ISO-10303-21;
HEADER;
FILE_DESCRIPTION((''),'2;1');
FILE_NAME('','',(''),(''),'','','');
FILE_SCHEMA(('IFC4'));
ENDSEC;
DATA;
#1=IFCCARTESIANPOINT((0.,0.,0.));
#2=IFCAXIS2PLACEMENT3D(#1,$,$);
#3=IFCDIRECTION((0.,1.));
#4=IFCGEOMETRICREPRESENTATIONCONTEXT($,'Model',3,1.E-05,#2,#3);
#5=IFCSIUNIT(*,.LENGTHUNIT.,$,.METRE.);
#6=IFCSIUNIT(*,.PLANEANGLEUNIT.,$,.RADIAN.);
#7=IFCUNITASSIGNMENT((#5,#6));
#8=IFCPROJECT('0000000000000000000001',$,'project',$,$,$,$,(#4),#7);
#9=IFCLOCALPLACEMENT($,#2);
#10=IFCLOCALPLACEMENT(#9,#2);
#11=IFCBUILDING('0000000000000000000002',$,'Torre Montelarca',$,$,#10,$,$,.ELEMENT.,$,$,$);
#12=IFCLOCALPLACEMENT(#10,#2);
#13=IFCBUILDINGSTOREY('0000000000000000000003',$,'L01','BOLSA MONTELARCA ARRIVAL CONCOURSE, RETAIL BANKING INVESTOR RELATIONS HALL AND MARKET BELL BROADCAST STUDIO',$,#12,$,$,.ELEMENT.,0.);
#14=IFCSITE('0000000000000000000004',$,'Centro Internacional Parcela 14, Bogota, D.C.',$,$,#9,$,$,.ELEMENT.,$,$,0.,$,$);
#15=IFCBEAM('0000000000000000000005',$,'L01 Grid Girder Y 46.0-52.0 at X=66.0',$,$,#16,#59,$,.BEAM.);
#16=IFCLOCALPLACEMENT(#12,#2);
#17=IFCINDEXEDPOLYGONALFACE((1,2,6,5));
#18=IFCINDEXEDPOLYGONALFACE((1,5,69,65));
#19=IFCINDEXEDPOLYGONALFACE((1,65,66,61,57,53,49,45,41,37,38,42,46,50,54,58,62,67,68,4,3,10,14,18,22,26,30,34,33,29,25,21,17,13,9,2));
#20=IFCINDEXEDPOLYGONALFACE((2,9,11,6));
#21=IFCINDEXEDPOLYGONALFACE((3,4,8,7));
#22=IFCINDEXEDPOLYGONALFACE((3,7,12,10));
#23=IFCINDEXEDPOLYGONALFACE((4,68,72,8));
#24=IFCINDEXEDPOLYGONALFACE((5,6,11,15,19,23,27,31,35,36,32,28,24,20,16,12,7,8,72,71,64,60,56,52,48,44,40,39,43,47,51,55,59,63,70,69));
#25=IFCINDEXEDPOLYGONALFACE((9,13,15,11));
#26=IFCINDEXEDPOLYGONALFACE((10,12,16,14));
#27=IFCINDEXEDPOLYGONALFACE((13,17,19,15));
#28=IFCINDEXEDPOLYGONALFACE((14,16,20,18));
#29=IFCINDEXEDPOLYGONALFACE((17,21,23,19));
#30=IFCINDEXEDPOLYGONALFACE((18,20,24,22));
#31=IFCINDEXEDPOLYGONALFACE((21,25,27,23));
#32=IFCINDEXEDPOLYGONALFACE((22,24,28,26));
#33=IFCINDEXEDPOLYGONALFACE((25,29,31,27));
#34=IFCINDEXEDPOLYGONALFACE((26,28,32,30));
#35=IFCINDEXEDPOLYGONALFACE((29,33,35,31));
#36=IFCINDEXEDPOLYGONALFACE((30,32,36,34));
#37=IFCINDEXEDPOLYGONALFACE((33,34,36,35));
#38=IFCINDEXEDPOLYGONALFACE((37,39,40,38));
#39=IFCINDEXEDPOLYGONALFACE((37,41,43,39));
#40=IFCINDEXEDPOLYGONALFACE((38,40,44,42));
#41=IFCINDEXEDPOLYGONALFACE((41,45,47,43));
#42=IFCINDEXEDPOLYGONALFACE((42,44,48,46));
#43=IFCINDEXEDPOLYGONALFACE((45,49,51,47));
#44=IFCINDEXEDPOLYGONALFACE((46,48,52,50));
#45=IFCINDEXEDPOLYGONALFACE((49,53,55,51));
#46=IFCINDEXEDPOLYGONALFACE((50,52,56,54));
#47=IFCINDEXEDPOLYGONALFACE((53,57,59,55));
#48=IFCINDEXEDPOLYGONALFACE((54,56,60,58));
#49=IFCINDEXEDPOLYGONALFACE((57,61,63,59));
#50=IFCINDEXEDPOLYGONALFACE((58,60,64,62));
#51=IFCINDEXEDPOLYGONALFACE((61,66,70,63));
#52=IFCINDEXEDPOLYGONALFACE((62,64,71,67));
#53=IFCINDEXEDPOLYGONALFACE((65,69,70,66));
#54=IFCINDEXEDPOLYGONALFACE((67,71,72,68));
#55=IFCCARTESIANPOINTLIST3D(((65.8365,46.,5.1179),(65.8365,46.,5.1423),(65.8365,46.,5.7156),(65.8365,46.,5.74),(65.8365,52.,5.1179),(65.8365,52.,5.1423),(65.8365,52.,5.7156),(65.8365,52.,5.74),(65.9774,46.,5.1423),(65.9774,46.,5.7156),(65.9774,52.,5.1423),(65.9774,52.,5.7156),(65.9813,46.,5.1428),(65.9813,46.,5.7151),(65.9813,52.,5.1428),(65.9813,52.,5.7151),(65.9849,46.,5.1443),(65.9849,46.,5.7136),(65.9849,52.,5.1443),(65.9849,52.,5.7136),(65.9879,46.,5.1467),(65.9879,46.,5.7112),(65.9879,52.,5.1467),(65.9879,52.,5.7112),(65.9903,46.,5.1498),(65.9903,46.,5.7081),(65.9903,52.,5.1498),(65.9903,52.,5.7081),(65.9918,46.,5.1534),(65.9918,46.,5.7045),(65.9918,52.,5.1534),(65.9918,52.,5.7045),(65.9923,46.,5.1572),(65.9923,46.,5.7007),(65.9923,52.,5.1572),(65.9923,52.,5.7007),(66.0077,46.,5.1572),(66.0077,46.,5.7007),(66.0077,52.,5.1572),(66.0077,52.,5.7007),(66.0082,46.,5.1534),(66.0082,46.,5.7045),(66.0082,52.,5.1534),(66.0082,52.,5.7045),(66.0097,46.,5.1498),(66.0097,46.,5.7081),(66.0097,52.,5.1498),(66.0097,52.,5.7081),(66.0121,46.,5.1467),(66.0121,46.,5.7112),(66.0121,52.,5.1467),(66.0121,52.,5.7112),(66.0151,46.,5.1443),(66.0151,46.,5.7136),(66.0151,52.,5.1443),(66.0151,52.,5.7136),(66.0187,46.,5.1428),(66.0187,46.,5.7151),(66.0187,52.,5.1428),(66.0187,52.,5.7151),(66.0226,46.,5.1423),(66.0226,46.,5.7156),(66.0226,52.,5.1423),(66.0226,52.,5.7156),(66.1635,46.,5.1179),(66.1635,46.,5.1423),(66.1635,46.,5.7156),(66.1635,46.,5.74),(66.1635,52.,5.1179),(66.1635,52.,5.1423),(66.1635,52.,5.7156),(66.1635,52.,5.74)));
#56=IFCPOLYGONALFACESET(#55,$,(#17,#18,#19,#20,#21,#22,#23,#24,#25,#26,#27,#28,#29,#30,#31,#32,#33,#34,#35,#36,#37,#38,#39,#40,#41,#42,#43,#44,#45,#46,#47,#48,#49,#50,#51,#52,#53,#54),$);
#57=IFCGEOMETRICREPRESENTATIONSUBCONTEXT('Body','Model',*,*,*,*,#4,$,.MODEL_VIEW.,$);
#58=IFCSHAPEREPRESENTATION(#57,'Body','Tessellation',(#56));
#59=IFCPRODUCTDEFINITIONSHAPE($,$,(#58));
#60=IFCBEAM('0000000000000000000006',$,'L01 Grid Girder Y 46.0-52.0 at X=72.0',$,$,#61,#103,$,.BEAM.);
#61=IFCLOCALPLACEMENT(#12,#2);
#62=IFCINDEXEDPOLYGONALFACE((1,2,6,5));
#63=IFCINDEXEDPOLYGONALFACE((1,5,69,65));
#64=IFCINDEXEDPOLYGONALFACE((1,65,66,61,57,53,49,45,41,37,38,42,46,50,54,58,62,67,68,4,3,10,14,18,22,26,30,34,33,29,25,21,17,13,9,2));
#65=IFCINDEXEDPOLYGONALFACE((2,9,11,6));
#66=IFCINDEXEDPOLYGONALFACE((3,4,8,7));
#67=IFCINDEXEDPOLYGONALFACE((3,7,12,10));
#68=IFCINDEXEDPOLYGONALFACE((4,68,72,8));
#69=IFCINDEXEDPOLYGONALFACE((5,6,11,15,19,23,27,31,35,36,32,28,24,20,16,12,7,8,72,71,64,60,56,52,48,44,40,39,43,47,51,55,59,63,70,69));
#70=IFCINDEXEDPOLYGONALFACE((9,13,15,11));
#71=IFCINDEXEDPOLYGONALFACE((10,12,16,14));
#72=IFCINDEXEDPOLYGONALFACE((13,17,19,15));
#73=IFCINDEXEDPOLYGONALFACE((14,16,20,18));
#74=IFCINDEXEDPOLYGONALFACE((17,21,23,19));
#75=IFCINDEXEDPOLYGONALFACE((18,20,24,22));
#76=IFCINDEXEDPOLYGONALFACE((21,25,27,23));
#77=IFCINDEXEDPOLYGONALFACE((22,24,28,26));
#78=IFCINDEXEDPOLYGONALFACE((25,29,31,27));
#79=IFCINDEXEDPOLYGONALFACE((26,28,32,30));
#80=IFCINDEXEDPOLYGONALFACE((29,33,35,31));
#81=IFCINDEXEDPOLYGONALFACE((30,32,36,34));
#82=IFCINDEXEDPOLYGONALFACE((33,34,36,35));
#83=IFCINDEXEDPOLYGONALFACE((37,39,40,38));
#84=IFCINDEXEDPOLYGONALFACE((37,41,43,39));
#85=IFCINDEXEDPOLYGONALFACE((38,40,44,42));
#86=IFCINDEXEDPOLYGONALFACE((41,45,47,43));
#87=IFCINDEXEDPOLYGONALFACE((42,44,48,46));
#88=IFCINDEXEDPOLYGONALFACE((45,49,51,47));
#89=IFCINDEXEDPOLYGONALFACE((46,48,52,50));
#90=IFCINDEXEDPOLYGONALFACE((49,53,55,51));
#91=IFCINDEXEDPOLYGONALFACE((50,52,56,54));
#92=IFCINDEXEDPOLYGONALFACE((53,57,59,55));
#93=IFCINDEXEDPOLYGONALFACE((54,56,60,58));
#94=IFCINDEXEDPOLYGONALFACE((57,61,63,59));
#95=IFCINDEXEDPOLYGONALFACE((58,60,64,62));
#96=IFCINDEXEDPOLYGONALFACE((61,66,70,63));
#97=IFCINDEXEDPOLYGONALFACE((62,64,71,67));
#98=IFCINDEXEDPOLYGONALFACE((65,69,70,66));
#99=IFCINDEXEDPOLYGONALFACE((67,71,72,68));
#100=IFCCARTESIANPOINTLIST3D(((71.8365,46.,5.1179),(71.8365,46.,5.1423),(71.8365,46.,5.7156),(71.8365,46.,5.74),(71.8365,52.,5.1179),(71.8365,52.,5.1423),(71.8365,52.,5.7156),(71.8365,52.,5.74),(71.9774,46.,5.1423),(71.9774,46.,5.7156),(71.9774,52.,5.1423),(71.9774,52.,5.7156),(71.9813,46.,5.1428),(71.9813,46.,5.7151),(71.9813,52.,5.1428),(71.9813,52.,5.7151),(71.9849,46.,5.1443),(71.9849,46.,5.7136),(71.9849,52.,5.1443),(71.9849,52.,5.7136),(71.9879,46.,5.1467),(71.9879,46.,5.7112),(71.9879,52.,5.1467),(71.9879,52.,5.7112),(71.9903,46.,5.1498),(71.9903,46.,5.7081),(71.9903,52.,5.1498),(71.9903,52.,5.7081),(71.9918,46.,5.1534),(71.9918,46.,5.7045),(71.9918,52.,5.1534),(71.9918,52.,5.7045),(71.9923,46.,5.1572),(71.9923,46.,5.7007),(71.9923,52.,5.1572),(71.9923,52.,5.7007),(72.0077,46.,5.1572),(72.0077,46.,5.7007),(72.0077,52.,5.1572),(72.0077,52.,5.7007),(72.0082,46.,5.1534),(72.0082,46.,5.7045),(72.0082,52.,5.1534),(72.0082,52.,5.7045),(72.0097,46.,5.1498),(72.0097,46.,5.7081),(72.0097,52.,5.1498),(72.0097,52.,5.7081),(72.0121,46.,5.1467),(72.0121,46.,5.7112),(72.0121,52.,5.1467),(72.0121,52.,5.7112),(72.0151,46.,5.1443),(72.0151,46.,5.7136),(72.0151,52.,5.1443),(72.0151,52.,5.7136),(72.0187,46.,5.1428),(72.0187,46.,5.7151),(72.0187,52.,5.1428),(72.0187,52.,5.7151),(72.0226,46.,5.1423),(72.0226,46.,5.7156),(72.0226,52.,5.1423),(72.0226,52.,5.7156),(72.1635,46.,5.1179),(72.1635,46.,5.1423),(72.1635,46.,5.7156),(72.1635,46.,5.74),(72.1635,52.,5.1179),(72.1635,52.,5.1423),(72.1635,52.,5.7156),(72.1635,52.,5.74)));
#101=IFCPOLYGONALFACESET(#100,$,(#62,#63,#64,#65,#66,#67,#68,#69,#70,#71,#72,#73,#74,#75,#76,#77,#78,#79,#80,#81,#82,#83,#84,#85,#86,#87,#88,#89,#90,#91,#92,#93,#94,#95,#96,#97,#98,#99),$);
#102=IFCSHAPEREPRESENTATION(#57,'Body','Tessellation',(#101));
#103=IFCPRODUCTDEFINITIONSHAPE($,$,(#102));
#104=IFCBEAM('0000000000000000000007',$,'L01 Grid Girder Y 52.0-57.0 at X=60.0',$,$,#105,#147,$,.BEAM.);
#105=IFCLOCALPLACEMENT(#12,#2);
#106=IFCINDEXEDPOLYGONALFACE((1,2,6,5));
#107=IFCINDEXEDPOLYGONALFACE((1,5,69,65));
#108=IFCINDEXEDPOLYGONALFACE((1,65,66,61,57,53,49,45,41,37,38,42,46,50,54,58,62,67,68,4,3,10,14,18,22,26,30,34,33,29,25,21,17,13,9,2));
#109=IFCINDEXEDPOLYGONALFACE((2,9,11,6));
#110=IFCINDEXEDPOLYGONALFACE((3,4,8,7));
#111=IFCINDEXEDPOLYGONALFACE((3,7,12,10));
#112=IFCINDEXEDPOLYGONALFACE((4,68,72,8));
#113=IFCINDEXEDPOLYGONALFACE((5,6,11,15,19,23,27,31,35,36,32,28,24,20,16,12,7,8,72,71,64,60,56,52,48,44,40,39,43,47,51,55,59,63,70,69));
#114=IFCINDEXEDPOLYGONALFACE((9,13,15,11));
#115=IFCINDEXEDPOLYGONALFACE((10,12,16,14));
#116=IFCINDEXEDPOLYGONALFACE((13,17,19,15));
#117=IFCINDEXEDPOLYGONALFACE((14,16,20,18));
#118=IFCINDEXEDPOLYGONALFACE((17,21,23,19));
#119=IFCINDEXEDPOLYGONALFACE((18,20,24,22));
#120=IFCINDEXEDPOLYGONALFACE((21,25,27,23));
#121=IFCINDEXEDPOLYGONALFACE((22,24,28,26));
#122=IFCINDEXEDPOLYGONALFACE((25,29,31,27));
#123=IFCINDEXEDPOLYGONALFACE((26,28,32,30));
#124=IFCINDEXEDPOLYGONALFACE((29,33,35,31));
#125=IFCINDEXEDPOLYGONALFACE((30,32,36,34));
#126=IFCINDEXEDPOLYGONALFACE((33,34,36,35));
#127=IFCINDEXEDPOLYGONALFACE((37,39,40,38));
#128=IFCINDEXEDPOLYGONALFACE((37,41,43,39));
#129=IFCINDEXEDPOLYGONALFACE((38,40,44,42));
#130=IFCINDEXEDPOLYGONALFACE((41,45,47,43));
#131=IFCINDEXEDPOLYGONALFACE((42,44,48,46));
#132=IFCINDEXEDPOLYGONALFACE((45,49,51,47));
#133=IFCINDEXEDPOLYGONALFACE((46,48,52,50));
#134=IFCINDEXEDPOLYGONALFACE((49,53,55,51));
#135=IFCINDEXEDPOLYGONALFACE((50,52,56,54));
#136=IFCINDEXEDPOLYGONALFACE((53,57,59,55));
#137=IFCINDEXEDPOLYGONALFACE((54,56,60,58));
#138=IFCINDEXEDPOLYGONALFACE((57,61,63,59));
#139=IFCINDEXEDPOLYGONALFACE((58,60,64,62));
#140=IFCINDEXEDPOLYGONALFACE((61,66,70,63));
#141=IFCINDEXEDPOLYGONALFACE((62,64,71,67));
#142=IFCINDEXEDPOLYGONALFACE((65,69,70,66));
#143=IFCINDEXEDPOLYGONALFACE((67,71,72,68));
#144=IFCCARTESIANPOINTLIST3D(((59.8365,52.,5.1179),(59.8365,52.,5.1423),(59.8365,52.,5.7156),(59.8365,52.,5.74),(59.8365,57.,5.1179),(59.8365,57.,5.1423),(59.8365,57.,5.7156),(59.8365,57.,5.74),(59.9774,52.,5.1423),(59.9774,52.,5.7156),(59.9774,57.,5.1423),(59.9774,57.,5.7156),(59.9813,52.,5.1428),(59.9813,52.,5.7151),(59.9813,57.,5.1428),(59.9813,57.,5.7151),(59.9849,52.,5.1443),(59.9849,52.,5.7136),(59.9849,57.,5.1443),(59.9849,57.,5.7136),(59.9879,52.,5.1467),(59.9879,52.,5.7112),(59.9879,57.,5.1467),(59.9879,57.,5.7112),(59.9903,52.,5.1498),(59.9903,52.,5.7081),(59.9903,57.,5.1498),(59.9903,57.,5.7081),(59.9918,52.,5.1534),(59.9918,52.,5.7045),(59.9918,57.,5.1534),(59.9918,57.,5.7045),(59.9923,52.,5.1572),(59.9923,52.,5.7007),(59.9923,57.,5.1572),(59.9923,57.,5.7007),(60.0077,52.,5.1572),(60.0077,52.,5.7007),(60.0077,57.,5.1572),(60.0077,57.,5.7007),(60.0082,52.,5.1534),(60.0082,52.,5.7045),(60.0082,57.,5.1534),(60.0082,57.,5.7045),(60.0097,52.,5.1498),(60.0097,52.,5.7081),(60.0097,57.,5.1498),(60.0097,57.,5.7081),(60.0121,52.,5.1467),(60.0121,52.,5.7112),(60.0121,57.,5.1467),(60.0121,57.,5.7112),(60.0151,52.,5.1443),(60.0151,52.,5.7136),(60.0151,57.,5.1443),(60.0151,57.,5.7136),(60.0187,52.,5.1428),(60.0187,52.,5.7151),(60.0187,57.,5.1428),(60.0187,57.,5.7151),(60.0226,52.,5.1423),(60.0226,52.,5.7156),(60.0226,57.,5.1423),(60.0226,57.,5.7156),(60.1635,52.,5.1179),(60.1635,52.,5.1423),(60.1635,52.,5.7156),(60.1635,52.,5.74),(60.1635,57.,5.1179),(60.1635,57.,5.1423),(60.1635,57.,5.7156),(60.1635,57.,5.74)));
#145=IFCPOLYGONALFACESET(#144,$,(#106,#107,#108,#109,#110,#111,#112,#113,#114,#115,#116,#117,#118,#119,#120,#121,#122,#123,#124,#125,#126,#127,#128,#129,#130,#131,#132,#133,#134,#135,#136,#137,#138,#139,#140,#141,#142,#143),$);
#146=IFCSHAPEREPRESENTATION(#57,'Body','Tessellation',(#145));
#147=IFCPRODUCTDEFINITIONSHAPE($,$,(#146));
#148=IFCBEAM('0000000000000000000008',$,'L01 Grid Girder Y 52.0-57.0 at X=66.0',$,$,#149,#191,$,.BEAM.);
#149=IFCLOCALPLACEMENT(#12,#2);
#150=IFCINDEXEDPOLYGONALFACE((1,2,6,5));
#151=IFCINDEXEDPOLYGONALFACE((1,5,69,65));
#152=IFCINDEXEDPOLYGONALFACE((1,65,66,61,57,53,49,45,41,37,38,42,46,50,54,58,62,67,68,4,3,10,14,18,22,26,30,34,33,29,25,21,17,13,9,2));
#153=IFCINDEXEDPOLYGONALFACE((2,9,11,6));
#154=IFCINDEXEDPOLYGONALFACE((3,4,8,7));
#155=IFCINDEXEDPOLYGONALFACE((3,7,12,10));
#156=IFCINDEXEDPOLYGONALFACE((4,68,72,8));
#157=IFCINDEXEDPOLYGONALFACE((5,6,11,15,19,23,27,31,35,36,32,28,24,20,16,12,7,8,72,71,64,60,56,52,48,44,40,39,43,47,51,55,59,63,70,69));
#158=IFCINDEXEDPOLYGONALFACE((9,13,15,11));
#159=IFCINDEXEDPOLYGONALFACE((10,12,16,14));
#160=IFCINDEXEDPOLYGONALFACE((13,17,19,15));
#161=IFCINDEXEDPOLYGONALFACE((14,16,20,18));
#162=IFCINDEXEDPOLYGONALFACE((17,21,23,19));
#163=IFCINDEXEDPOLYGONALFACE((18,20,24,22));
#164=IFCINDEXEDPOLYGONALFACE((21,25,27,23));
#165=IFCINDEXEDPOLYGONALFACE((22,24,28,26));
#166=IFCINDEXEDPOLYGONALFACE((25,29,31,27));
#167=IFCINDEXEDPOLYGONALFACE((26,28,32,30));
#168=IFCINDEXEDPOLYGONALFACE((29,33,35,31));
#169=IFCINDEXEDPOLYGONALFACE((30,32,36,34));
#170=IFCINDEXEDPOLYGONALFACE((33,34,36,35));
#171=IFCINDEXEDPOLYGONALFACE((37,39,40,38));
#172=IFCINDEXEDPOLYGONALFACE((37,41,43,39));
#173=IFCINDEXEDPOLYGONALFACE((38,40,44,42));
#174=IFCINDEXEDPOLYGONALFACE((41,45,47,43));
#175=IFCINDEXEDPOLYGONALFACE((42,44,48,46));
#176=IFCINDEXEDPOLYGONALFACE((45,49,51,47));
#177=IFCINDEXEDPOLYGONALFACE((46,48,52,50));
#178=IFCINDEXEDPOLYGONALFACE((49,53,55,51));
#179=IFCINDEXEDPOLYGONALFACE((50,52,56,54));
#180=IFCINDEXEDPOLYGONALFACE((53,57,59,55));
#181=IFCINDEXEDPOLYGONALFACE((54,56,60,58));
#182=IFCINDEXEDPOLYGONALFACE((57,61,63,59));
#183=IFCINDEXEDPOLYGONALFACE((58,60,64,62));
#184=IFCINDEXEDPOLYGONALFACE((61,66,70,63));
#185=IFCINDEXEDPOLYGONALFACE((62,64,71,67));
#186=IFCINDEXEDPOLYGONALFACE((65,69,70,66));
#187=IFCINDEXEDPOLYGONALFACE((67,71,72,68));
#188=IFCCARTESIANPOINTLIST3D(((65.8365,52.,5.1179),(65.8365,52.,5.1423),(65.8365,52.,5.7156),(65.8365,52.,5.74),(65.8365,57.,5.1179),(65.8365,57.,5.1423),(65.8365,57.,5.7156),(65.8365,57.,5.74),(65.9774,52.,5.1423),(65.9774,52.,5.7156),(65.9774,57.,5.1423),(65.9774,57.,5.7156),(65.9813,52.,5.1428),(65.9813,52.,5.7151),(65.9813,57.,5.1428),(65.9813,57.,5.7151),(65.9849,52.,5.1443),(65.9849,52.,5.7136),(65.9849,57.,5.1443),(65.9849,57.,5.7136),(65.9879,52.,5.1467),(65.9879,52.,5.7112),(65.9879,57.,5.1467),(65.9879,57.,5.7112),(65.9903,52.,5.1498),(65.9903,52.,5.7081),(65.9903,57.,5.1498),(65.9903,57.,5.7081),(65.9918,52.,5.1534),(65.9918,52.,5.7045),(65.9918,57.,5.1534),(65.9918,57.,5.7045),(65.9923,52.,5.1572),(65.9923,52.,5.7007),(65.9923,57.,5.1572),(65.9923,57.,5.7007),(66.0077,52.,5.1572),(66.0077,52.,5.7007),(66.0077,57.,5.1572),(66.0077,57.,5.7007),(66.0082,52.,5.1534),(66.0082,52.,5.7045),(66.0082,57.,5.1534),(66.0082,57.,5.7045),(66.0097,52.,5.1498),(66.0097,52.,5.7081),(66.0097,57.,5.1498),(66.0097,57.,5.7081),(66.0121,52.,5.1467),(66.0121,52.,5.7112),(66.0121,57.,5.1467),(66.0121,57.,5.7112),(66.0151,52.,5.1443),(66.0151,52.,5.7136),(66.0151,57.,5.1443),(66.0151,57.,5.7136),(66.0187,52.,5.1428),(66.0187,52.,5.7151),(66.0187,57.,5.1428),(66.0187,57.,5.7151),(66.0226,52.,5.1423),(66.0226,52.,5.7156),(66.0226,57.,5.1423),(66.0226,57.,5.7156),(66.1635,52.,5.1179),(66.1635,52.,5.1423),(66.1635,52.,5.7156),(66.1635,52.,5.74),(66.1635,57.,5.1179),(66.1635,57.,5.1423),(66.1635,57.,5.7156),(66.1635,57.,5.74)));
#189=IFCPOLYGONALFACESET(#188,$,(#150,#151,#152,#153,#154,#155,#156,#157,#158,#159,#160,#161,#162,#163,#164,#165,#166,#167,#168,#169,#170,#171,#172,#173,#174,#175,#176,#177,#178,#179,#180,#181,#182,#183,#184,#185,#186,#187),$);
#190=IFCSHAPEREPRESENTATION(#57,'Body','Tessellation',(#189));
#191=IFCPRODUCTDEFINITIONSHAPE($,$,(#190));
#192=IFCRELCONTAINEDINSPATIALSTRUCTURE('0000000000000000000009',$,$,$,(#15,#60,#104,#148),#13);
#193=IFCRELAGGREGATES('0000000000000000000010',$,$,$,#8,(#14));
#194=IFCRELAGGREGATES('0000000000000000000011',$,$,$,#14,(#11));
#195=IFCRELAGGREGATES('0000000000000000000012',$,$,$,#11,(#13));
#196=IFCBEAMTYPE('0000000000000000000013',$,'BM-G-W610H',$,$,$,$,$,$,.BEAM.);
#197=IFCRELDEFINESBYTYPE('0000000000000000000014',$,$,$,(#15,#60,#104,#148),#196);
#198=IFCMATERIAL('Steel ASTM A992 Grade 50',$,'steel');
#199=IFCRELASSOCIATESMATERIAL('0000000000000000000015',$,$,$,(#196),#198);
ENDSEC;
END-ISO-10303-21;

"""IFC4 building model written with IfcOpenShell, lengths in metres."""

from ifc_helpers import new_model, si_unit, direction, frame, origin, origin_2d, place, context, subcontext, project, spatial, i_section, extrude, source, transform, mapped, material, material_profile, profile_set, type_object, element, save


model = new_model("IFC4")

# Units and contexts
model_context = context("Model", 3, precision=1e-05, world=origin(), true_north=direction((0.0, 1.0)))
body_context = subcontext(model_context, "Body", "Model", "MODEL_VIEW")
ifc_project = project(units=[si_unit("LENGTHUNIT", "METRE"), si_unit("PLANEANGLEUNIT", "RADIAN")], contexts=[model_context])

# Site, building, storey
site_placement = place(None, origin())
site = spatial("IfcSite", under=ifc_project, at=site_placement, Name="Centro Internacional Parcela 14, Bogota, D.C.", CompositionType="ELEMENT", RefElevation=0.0)
building_placement = place(site_placement, origin())
building = spatial("IfcBuilding", under=site, at=building_placement, Name="Torre Montelarca", CompositionType="ELEMENT")
storey_placement = place(building_placement, origin())
storey = spatial("IfcBuildingStorey", under=building, at=storey_placement, Name="L01", Description="BOLSA MONTELARCA ARRIVAL CONCOURSE, RETAIL BANKING INVESTOR RELATIONS HALL AND MARKET BELL BROADCAST STUDIO", CompositionType="ELEMENT", Elevation=0.0)

# Beams
ifc_material_1 = material(Name="Steel ASTM A992 Grade 50", Category="steel")
ifc_material_profile_1 = material_profile(ifc_material_1, i_section(OverallWidth=0.3269, OverallDepth=0.6221, WebThickness=0.0154, FlangeThickness=0.0244, FilletRadius=0.0149, at=origin_2d()), Name="W610X195", Category="steel")
ifc_profile_set_1 = profile_set([ifc_material_profile_1], Name="Steel ASTM A992 Grade 50")
beam_type_1 = type_object("IfcBeamType", Name="BM-G-W610H", PredefinedType="BEAM", material=ifc_profile_set_1)
shared_shape_1 = source(origin(), body_context, "Body", "SweptSolid", [
    extrude(i_section(OverallWidth=0.3269, OverallDepth=0.6221, WebThickness=0.0154, FlangeThickness=0.0244, FilletRadius=0.0149, at=origin_2d()), origin(), (0.0, 0.0, 1.0), 6.0),
])
for number, where, z_axis, x_axis, name in (
    (1, (66.0, 46.0, 5.429), (0.0, 1.0, 0.0), (-1.0, 0.0, 0.0), "L01 Grid Girder Y 46.0-52.0 at X=66.0"),
    (2, (72.0, 46.0, 5.429), (0.0, 1.0, 0.0), (-1.0, 0.0, 0.0), "L01 Grid Girder Y 46.0-52.0 at X=72.0"),
):
    element("IfcBeam", number, at=place(storey_placement, frame(where, z_axis=z_axis, x_axis=x_axis)), inside=storey, type_object=beam_type_1, Name=name, PredefinedType="BEAM", context=body_context, shape_type="MappedRepresentation", body=[
        mapped(shared_shape_1, transform((0.0, 0.0, 0.0), scale=1.0)),
    ])
shared_shape_2 = source(origin(), body_context, "Body", "SweptSolid", [
    extrude(i_section(OverallWidth=0.3269, OverallDepth=0.6221, WebThickness=0.0154, FlangeThickness=0.0244, FilletRadius=0.0149, at=origin_2d()), origin(), (0.0, 0.0, 1.0), 5.0),
])
for number, where, z_axis, x_axis, name in (
    (3, (60.0, 52.0, 5.429), (0.0, 1.0, 0.0), (-1.0, 0.0, 0.0), "L01 Grid Girder Y 52.0-57.0 at X=60.0"),
    (4, (66.0, 52.0, 5.429), (0.0, 1.0, 0.0), (-1.0, 0.0, 0.0), "L01 Grid Girder Y 52.0-57.0 at X=66.0"),
):
    element("IfcBeam", number, at=place(storey_placement, frame(where, z_axis=z_axis, x_axis=x_axis)), inside=storey, type_object=beam_type_1, Name=name, PredefinedType="BEAM", context=body_context, shape_type="MappedRepresentation", body=[
        mapped(shared_shape_2, transform((0.0, 0.0, 0.0), scale=1.0)),
    ])

save(model, "model.ifc")
